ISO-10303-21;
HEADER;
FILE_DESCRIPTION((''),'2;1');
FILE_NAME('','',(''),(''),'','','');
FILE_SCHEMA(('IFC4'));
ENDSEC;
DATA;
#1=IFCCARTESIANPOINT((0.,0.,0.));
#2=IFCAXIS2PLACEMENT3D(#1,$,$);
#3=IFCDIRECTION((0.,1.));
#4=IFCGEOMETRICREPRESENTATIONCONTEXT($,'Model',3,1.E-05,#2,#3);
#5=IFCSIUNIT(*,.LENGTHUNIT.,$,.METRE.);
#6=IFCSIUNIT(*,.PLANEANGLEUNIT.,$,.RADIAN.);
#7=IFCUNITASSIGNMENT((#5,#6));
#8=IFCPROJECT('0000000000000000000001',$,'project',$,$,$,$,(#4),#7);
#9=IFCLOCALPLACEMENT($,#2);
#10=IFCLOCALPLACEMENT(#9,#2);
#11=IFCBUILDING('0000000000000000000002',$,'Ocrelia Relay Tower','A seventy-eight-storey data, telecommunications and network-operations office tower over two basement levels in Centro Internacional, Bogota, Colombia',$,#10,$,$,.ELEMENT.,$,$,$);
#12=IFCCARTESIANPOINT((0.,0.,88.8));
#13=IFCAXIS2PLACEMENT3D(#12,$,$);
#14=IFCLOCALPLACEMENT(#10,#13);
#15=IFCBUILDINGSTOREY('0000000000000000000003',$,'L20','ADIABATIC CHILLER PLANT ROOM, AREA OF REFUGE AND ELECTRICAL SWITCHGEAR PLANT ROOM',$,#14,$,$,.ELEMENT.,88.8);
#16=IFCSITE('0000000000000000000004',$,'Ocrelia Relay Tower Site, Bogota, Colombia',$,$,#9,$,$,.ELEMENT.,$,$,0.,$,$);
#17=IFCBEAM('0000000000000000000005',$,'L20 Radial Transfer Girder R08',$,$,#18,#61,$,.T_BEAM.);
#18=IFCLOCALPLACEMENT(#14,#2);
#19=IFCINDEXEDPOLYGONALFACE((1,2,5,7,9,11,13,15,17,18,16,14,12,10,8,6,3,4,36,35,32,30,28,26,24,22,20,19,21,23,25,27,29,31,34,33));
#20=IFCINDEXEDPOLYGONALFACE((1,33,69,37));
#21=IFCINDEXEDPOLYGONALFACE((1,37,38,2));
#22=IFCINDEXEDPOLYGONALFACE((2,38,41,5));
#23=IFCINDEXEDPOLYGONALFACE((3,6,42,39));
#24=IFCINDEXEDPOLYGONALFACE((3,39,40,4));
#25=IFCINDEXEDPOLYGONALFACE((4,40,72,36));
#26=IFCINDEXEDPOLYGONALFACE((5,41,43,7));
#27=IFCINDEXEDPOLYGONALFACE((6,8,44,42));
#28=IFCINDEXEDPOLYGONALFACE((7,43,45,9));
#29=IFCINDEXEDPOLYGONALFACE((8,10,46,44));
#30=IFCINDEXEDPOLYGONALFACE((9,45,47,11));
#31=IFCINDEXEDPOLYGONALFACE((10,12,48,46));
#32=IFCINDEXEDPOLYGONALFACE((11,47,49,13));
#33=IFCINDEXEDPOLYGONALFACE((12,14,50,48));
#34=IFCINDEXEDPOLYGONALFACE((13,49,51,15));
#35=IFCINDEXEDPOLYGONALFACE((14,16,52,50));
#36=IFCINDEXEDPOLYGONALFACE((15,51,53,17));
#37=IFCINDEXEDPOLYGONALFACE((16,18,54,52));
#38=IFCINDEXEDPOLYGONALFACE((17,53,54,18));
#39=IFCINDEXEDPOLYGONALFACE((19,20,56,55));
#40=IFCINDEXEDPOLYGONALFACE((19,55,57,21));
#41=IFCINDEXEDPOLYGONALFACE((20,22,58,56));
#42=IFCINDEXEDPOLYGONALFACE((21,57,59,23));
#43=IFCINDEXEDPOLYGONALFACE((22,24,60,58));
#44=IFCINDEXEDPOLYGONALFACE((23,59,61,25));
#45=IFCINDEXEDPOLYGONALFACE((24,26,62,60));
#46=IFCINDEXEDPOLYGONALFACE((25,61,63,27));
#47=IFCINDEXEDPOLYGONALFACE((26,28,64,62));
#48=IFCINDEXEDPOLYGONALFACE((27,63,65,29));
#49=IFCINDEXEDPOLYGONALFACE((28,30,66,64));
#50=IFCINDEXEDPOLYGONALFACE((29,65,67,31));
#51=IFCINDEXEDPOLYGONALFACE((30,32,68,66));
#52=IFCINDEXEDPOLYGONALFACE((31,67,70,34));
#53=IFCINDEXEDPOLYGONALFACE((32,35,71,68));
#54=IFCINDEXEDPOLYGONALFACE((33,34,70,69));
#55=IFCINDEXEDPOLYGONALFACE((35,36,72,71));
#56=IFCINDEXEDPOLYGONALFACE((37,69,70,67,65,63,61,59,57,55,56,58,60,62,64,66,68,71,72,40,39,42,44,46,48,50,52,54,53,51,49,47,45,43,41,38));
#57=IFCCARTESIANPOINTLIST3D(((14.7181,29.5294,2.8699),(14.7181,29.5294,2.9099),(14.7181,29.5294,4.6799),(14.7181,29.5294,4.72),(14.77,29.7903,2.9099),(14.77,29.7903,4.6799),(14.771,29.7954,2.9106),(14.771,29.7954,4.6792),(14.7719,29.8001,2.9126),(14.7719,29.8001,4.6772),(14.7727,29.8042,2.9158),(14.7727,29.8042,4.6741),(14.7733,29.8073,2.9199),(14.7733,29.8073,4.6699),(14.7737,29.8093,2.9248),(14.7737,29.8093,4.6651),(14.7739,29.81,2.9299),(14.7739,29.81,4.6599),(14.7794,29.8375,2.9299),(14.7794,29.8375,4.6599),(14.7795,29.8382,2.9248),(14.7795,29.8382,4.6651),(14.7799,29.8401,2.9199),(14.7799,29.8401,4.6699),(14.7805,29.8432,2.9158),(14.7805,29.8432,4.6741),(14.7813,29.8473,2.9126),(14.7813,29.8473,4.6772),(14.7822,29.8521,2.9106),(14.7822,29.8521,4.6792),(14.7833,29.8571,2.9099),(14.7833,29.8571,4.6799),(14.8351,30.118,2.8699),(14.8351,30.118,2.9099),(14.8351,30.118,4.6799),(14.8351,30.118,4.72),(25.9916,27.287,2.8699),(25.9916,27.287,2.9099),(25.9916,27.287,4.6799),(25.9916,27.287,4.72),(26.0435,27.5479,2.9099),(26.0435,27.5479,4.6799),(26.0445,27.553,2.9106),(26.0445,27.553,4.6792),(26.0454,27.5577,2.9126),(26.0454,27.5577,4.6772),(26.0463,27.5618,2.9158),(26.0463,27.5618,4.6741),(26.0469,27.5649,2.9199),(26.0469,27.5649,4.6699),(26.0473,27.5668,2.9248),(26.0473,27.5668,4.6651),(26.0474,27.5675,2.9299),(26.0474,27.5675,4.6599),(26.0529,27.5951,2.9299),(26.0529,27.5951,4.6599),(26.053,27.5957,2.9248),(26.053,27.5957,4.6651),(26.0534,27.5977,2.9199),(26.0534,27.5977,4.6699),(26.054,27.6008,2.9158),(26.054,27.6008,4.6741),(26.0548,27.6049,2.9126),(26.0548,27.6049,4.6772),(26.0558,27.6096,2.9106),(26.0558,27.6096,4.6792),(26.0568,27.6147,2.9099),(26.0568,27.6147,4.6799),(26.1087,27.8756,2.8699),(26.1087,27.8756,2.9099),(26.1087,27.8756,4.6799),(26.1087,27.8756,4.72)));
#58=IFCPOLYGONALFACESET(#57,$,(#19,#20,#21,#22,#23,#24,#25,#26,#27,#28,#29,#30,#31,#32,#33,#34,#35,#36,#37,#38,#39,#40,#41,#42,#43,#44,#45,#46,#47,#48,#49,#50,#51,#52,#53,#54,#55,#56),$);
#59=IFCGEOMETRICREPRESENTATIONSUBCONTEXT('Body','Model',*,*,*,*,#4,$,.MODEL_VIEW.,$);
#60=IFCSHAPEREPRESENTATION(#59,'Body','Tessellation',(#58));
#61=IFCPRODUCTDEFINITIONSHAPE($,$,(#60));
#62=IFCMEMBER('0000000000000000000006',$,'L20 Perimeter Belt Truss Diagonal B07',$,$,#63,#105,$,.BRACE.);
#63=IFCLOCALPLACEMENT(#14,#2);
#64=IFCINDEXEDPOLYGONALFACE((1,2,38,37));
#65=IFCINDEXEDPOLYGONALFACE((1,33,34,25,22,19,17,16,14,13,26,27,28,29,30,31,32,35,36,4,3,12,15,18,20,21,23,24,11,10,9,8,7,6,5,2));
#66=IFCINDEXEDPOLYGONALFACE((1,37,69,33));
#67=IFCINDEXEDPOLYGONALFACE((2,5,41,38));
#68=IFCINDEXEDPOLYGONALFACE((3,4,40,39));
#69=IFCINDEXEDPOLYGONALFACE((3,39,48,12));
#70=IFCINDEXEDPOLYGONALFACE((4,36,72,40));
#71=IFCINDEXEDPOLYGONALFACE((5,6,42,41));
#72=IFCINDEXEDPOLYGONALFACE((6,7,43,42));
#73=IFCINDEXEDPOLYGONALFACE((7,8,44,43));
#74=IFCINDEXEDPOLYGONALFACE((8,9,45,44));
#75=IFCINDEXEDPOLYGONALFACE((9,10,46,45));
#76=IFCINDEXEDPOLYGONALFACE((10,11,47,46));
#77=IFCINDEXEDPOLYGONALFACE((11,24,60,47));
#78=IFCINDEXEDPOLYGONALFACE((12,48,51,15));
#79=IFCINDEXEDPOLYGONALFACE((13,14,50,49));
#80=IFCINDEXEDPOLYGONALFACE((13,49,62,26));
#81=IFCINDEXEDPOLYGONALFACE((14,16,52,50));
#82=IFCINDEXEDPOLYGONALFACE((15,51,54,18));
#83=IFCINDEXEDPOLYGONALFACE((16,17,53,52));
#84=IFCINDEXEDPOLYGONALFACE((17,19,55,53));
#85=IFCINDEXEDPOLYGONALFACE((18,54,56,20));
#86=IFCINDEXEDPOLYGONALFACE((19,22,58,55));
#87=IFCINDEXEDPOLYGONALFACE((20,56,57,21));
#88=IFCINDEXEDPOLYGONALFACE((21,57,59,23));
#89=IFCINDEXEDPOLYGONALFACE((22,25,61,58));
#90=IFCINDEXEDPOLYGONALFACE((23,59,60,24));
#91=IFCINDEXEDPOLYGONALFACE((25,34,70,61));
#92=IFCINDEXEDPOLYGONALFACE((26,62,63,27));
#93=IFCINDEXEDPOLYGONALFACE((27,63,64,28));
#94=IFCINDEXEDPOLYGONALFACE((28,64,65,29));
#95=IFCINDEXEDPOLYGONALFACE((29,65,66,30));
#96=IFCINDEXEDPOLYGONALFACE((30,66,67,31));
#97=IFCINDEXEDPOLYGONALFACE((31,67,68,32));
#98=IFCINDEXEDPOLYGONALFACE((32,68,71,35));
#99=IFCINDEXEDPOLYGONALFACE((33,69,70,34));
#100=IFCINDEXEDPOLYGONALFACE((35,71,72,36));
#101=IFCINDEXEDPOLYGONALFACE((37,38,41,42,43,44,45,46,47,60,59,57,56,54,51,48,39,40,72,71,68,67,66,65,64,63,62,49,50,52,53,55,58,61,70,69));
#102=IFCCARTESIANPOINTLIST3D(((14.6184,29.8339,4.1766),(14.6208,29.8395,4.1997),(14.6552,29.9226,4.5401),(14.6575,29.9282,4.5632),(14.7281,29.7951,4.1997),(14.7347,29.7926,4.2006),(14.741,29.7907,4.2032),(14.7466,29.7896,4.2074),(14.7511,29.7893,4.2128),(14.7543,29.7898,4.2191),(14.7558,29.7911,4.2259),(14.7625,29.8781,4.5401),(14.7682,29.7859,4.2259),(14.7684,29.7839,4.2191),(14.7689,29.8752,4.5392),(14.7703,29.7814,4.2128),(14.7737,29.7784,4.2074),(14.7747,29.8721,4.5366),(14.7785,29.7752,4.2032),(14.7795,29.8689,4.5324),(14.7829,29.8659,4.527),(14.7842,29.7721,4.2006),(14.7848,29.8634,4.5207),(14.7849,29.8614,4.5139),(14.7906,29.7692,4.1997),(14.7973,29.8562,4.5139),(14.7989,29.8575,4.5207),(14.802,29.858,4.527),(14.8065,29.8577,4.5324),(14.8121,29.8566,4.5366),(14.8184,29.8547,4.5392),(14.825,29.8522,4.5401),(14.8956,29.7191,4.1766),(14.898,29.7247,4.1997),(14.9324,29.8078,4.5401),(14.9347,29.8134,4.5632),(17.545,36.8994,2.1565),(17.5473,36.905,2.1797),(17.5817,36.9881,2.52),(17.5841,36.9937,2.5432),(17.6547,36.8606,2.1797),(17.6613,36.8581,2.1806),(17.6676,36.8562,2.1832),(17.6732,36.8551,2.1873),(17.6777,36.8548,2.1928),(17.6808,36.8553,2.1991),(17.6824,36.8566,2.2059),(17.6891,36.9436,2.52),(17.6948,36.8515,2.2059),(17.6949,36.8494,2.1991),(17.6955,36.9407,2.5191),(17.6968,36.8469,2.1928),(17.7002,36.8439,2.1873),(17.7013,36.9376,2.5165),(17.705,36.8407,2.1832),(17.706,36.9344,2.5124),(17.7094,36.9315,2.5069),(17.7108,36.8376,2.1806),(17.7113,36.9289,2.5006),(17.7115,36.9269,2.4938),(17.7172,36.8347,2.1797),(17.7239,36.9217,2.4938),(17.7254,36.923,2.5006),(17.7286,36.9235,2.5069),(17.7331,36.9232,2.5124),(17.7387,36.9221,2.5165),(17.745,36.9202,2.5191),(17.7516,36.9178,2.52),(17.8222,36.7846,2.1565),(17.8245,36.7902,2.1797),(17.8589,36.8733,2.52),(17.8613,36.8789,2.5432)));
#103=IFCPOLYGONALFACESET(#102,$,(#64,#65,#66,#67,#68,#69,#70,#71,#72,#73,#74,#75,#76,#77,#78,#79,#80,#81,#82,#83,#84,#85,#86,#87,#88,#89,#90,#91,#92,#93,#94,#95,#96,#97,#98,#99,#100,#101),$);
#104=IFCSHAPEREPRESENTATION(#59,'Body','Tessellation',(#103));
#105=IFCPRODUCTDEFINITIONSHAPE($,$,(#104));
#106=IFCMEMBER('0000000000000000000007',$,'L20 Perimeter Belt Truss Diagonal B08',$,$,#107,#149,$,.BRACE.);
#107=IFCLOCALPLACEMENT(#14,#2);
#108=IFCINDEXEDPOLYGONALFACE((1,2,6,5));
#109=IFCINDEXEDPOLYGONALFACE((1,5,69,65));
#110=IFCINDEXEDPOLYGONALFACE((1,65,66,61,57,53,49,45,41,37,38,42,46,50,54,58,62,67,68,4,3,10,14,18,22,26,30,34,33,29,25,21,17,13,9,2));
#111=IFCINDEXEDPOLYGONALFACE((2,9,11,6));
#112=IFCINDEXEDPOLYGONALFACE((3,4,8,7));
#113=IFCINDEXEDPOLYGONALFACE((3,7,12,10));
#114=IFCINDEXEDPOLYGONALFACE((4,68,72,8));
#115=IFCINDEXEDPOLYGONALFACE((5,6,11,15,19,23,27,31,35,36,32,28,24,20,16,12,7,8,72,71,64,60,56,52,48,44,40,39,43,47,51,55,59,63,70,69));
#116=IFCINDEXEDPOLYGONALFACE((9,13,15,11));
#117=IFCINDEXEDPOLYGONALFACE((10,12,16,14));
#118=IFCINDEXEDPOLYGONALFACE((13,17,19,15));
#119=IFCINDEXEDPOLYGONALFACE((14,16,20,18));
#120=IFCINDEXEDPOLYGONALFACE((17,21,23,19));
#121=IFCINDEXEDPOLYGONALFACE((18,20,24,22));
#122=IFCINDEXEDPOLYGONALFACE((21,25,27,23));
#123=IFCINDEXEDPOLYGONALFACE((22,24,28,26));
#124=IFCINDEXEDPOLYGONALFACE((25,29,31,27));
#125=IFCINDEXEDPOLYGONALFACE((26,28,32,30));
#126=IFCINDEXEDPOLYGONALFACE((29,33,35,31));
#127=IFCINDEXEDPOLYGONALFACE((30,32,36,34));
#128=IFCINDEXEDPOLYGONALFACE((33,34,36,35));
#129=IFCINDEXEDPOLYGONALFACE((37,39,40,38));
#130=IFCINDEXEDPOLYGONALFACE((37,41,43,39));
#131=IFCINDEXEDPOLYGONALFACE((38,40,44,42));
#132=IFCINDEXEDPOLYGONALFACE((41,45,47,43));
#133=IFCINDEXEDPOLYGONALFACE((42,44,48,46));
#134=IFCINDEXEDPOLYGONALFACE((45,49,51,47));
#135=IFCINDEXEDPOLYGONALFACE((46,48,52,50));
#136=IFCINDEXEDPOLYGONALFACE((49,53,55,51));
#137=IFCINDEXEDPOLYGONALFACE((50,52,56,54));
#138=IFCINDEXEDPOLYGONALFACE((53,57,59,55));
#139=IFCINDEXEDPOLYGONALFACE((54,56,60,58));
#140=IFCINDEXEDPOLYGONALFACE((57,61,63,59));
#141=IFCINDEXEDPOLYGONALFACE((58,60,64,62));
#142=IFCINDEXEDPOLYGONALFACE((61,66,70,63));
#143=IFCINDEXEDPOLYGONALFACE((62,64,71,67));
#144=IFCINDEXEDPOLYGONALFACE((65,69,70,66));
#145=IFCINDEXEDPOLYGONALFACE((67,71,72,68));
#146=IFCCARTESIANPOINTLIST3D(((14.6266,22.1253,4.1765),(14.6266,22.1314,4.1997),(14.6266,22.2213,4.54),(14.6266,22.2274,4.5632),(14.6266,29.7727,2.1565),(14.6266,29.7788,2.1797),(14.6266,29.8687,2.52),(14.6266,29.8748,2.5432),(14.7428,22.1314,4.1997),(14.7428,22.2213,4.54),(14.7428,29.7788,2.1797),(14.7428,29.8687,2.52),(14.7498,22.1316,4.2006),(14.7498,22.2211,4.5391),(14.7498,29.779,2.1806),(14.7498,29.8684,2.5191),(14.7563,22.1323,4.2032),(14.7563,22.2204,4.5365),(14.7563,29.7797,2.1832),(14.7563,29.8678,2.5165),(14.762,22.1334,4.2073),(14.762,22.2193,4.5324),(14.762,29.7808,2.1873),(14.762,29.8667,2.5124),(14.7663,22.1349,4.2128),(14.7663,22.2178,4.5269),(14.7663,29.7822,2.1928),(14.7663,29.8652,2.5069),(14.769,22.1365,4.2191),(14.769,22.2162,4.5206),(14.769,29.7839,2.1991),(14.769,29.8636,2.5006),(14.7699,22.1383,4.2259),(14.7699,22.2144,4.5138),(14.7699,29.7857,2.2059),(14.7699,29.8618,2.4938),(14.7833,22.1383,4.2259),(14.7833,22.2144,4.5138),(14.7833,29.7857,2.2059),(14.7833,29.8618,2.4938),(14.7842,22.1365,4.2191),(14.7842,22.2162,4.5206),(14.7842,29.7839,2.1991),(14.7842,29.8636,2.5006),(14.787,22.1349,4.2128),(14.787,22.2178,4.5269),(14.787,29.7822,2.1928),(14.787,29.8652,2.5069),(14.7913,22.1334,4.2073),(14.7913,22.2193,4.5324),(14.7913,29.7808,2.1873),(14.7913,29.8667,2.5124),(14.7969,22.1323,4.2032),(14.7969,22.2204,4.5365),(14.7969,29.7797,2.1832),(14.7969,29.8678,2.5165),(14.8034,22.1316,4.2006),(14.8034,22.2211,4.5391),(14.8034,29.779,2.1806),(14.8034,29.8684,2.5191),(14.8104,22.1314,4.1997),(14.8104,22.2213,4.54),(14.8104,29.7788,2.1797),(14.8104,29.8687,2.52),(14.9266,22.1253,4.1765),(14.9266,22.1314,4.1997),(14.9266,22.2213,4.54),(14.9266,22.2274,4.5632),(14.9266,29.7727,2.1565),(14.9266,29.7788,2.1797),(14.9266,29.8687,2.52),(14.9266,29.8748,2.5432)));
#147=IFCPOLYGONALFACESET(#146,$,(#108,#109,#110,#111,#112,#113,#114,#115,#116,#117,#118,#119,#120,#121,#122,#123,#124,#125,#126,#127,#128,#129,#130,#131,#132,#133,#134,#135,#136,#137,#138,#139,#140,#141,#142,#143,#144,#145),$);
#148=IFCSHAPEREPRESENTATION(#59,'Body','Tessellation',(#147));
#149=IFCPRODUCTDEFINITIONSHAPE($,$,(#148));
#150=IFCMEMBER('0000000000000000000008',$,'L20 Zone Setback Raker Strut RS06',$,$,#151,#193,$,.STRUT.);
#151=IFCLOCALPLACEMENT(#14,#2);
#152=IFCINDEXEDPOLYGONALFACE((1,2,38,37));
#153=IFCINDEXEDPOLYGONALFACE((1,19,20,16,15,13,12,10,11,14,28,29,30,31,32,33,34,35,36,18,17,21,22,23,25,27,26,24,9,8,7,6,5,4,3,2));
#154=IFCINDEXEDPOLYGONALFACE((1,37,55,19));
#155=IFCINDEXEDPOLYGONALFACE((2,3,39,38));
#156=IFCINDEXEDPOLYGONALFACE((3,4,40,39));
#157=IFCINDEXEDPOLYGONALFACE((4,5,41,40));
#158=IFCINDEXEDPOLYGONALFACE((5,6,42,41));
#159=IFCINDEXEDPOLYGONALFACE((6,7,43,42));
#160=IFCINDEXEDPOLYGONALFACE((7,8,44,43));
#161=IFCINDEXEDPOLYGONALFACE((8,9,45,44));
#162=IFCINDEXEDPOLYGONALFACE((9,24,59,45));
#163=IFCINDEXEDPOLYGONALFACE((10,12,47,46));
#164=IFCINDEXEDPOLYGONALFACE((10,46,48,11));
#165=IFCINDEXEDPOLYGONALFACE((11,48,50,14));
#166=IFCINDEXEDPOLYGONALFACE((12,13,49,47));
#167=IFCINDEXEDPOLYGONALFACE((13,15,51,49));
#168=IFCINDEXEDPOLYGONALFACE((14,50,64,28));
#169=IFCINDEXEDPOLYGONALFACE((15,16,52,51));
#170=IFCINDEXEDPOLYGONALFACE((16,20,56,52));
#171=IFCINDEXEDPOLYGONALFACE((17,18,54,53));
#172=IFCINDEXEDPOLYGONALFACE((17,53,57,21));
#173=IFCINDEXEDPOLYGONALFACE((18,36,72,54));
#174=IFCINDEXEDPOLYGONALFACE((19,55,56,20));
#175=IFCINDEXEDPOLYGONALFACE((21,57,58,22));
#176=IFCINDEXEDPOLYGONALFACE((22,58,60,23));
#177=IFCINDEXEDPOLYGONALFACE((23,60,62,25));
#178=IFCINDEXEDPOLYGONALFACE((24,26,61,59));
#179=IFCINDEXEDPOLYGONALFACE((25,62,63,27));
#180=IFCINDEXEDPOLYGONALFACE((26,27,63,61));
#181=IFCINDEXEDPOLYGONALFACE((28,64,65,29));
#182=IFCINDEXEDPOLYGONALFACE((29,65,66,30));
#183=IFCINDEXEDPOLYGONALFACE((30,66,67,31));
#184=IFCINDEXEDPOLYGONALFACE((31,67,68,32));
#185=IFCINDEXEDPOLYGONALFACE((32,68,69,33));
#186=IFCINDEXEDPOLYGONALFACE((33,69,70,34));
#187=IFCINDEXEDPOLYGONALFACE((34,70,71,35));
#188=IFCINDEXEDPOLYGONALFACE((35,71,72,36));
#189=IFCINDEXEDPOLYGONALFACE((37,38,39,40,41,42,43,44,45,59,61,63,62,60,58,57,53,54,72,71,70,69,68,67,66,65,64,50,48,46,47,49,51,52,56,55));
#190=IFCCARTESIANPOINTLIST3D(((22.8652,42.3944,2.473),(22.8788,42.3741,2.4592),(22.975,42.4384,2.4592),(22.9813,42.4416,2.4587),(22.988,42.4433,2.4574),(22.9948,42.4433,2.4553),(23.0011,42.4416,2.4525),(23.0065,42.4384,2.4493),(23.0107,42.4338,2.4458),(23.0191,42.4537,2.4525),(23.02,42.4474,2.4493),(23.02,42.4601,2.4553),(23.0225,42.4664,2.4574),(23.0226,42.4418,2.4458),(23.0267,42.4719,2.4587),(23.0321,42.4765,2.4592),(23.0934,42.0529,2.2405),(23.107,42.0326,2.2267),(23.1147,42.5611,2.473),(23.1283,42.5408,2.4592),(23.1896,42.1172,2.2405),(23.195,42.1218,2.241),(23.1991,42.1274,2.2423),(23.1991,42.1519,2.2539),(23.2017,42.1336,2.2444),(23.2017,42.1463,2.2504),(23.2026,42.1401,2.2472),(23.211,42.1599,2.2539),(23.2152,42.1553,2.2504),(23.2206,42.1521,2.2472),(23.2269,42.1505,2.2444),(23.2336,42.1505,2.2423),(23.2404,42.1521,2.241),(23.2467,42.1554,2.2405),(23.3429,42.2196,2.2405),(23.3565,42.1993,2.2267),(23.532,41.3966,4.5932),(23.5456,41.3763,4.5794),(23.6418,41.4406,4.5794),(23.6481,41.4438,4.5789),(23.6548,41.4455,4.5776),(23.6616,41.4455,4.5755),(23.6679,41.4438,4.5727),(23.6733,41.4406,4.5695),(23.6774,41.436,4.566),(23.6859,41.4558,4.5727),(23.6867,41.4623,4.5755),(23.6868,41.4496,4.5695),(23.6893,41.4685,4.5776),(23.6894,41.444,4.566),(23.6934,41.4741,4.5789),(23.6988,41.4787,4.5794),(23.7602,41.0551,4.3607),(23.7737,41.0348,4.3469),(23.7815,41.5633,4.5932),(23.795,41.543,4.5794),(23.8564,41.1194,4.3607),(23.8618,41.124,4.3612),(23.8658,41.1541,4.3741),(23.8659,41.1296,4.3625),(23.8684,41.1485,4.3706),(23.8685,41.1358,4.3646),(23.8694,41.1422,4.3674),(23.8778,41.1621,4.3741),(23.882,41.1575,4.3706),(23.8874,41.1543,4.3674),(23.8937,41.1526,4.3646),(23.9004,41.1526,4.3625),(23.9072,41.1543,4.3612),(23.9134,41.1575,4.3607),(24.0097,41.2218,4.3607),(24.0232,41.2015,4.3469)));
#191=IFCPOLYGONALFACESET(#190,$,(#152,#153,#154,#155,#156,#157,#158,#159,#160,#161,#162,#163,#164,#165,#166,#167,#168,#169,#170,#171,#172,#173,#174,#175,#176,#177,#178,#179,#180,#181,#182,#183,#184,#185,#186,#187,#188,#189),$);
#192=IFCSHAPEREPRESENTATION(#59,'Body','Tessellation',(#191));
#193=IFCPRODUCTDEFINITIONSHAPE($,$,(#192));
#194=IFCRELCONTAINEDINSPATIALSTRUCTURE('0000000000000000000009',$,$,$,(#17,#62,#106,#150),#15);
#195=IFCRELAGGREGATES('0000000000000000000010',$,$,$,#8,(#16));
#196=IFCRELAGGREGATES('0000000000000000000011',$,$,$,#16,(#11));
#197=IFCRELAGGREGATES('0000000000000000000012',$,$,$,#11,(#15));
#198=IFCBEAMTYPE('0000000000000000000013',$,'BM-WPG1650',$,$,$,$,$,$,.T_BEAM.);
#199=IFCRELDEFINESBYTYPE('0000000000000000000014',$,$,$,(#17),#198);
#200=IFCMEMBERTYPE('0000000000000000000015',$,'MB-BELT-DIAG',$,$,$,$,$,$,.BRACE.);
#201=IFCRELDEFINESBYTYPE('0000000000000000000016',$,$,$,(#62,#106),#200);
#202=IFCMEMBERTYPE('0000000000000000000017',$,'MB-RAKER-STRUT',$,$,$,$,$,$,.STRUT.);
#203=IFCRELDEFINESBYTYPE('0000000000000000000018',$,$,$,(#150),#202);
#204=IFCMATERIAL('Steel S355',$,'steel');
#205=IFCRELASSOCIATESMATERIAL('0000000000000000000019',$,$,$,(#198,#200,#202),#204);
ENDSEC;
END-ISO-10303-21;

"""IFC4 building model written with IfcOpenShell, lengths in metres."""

from ifc_helpers import new_model, si_unit, direction, frame, origin, origin_2d, place, context, subcontext, project, spatial, i_section, extrude, material, material_profile, profile_set, type_object, element, save


model = new_model("IFC4")

# Units and contexts
model_context = context("Model", 3, precision=1e-05, world=origin(), true_north=direction((0.0, 1.0)))
body_context = subcontext(model_context, "Body", "Model", "MODEL_VIEW")
ifc_project = project(units=[si_unit("LENGTHUNIT", "METRE"), si_unit("PLANEANGLEUNIT", "RADIAN")], contexts=[model_context])

# Site, building, storey
site_placement = place(None, origin())
site = spatial("IfcSite", under=ifc_project, at=site_placement, Name="Ocrelia Relay Tower Site, Bogota, Colombia", CompositionType="ELEMENT", RefElevation=0.0)
building_placement = place(site_placement, origin())
building = spatial("IfcBuilding", under=site, at=building_placement, Name="Ocrelia Relay Tower", Description="A seventy-eight-storey data, telecommunications and network-operations office tower over two basement levels in Centro Internacional, Bogota, Colombia", CompositionType="ELEMENT")
storey_placement = place(building_placement, frame((0.0, 0.0, 88.8)))
storey = spatial("IfcBuildingStorey", under=building, at=storey_placement, Name="L20", Description="ADIABATIC CHILLER PLANT ROOM, AREA OF REFUGE AND ELECTRICAL SWITCHGEAR PLANT ROOM", CompositionType="ELEMENT", Elevation=88.8)

# Beam
ifc_material_1 = material(Name="Steel S355", Category="steel")
ifc_material_profile_1 = material_profile(ifc_material_1, i_section(OverallWidth=0.6001, OverallDepth=1.8501, WebThickness=0.0281, FlangeThickness=0.04, FilletRadius=0.02, at=origin_2d()), Name="WPG 1850x600")
ifc_profile_set_1 = profile_set([ifc_material_profile_1], Name="Steel S355")
beam_type_1 = type_object("IfcBeamType", Name="BM-WPG1650", PredefinedType="T_BEAM", material=ifc_profile_set_1)
beam_1_placement = place(storey_placement, frame((14.7766, 29.8237, 3.7949), z_axis=(0.980785, -0.195091, 0.0), x_axis=(0.195091, 0.980785, 0.0)))
element("IfcBeam", 1, at=beam_1_placement, inside=storey, type_object=beam_type_1, Name="L20 Radial Transfer Girder R08", PredefinedType="T_BEAM", context=body_context, shape_type="SweptSolid", body=[
    extrude(i_section(OverallWidth=0.6001, OverallDepth=1.8501, WebThickness=0.0281, FlangeThickness=0.04, FilletRadius=0.02, at=origin_2d()), origin(), (0.0, 0.0, 1.0), 11.4944),
])

# Members
ifc_material_profile_2 = material_profile(ifc_material_1, i_section(OverallWidth=0.3, OverallDepth=0.3999, WebThickness=0.0134, FlangeThickness=0.0239, FilletRadius=0.0271, at=origin_2d()), Name="HEB 400")
ifc_profile_set_2 = profile_set([ifc_material_profile_2], Name="Steel S355")
member_type_1 = type_object("IfcMemberType", Name="MB-BELT-DIAG", PredefinedType="BRACE", material=ifc_profile_set_2)
member_1_placement = place(storey_placement, frame((17.7031, 36.8892, 2.3499), z_axis=(-0.369985, -0.893248, 0.255381), x_axis=(0.923883, -0.382674, 0.0)))
element("IfcMember", 2, at=member_1_placement, inside=storey, type_object=member_type_1, Name="L20 Perimeter Belt Truss Diagonal B07", PredefinedType="BRACE", context=body_context, shape_type="SweptSolid", body=[
    extrude(i_section(OverallWidth=0.3, OverallDepth=0.3999, WebThickness=0.0134, FlangeThickness=0.0239, FilletRadius=0.0271, at=origin_2d()), origin(), (0.0, 0.0, 1.0), 7.9099),
])
member_2_placement = place(storey_placement, frame((14.7766, 29.8237, 2.3499), z_axis=(0.0, -0.96684, 0.255384), x_axis=(1.0, 0.0, 0.0)))
element("IfcMember", 3, at=member_2_placement, inside=storey, type_object=member_type_1, Name="L20 Perimeter Belt Truss Diagonal B08", PredefinedType="BRACE", context=body_context, shape_type="SweptSolid", body=[
    extrude(i_section(OverallWidth=0.3, OverallDepth=0.3999, WebThickness=0.0134, FlangeThickness=0.0239, FilletRadius=0.0271, at=origin_2d()), origin(), (0.0, 0.0, 1.0), 7.9097),
])
ifc_material_profile_3 = material_profile(ifc_material_1, i_section(OverallWidth=0.3, OverallDepth=0.5, WebThickness=0.0144, FlangeThickness=0.0281, FilletRadius=0.0271, at=origin_2d()), Name="HEB 500")
ifc_profile_set_3 = profile_set([ifc_material_profile_3], Name="Steel S355")
member_type_2 = type_object("IfcMemberType", Name="MB-RAKER-STRUT", PredefinedType="STRUT", material=ifc_profile_set_3)
for number, where, z_axis, x_axis, name in (
    (4, (23.1108, 42.2969, 2.3499), (0.273684, -0.409574, 0.870257), (0.831455, 0.555592, 0.0), "L20 Zone Setback Raker Strut RS06"),
):
    element("IfcMember", number, at=place(storey_placement, frame(where, z_axis=z_axis, x_axis=x_axis)), inside=storey, type_object=member_type_2, Name=name, PredefinedType="STRUT", context=body_context, shape_type="SweptSolid", body=[
        extrude(i_section(OverallWidth=0.3, OverallDepth=0.5, WebThickness=0.0144, FlangeThickness=0.0281, FilletRadius=0.0271, at=origin_2d()), origin(), (0.0, 0.0, 1.0), 2.4363),
    ])

save(model, "model.ifc")
